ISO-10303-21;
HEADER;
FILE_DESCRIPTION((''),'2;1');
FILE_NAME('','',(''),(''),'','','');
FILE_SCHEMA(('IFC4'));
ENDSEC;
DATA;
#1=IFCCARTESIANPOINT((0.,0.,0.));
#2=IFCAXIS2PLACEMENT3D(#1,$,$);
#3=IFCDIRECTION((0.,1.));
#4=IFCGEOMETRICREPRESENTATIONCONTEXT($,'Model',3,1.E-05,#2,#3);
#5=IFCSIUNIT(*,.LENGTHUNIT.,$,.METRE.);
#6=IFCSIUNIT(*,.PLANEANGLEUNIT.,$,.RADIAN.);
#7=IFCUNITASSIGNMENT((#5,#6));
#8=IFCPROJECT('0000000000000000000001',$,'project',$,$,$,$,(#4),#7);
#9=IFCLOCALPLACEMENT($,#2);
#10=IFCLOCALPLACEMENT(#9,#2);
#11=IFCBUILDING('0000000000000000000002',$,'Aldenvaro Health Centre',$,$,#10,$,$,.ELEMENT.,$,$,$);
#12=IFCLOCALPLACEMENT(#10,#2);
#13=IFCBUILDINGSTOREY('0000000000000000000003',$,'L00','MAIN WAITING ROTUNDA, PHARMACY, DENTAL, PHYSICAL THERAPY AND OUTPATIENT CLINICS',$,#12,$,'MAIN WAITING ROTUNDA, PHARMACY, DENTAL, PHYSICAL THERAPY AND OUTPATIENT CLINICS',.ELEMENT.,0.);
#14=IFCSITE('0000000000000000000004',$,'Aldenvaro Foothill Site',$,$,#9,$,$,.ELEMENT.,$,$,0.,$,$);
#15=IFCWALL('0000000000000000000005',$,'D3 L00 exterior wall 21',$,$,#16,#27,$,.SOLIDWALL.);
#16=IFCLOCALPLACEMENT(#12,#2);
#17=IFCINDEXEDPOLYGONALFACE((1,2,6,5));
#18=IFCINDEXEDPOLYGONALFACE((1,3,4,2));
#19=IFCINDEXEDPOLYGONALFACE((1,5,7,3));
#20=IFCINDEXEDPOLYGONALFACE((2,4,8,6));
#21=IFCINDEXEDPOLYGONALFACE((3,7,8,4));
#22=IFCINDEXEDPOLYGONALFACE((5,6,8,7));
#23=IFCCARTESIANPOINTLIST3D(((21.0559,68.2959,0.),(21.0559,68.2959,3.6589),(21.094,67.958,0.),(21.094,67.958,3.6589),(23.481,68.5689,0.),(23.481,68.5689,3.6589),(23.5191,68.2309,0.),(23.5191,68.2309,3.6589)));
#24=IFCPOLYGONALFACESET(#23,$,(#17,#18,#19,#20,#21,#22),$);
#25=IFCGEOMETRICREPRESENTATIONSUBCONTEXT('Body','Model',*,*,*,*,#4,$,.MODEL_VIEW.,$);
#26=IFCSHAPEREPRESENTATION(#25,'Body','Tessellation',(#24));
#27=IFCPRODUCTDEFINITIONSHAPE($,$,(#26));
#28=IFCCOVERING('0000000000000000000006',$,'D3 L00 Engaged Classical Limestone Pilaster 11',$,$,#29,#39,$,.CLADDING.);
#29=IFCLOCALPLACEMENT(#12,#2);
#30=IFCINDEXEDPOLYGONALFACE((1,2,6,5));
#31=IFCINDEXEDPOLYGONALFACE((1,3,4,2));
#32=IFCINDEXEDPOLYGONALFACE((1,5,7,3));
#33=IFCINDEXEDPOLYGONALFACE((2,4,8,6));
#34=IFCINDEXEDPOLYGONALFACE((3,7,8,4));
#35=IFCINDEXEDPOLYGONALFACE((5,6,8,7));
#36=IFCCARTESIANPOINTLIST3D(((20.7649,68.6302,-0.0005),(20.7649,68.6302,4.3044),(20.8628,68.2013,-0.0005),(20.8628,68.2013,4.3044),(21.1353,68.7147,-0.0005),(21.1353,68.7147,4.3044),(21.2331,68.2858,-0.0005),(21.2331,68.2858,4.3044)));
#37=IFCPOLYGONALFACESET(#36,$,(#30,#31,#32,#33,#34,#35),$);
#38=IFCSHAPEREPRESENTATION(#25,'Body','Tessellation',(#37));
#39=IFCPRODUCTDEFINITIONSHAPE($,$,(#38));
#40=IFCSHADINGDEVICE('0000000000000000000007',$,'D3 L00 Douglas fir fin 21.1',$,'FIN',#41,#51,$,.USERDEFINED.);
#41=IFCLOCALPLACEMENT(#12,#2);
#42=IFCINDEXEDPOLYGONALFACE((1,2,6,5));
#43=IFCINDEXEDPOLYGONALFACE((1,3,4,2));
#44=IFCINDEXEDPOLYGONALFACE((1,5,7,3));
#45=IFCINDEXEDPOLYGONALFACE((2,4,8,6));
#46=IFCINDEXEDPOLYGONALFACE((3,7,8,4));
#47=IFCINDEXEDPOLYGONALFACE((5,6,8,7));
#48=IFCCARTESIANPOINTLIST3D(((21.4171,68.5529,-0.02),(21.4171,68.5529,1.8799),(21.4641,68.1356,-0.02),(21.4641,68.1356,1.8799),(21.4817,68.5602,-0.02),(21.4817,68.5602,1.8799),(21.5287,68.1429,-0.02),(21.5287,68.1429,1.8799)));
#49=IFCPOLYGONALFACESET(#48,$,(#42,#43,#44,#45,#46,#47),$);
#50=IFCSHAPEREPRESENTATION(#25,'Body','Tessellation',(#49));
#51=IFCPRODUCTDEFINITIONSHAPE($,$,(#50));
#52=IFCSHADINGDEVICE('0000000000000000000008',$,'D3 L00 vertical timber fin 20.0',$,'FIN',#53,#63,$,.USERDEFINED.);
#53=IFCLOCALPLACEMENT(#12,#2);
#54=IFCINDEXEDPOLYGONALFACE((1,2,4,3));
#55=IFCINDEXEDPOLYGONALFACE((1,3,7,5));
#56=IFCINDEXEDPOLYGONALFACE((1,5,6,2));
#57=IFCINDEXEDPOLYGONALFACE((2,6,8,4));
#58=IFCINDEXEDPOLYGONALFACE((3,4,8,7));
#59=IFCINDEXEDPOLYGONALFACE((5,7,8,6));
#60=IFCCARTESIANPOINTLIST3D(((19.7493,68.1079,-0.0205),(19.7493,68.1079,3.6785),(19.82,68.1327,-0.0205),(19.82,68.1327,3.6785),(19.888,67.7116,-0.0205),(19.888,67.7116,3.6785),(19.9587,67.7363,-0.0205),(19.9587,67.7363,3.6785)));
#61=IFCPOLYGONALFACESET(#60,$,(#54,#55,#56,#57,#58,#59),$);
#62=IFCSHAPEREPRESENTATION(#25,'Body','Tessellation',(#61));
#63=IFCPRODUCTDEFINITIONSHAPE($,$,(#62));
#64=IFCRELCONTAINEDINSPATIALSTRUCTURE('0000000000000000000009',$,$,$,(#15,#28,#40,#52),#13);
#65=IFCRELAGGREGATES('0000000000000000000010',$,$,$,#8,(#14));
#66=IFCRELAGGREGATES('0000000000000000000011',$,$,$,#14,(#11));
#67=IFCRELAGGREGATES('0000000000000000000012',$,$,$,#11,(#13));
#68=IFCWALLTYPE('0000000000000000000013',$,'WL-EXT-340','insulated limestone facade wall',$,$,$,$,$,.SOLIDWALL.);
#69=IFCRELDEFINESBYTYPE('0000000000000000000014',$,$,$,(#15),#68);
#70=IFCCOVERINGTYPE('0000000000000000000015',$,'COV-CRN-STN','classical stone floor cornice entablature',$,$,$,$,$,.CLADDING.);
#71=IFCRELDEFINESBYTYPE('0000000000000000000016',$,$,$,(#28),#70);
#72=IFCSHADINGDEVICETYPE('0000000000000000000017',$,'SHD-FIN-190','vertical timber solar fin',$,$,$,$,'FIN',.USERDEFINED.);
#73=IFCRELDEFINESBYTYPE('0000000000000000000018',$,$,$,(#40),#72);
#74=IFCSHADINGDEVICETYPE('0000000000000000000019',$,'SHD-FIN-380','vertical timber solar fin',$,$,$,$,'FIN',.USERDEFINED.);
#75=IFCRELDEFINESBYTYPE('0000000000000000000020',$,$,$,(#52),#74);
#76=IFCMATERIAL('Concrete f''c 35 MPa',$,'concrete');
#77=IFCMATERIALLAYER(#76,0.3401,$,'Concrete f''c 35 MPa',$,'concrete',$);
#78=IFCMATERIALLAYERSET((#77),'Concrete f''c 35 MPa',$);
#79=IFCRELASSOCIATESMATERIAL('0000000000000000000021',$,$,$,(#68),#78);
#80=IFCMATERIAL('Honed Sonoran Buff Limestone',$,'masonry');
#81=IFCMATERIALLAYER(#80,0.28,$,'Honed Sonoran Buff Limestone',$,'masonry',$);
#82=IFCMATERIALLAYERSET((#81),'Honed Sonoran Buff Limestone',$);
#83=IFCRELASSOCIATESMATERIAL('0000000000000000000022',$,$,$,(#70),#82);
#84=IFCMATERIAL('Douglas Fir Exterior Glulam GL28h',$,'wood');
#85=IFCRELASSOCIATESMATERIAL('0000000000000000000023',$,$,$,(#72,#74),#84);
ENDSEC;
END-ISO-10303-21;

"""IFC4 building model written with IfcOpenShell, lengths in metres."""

from ifc_helpers import new_model, si_unit, direction, frame, frame_2d, origin, origin_2d, place, context, subcontext, project, spatial, rectangle, extrude, material, layer, layer_set, type_object, element, save


model = new_model("IFC4")

# Units and contexts
model_context = context("Model", 3, precision=1e-05, world=origin(), true_north=direction((0.0, 1.0)))
body_context = subcontext(model_context, "Body", "Model", "MODEL_VIEW")
ifc_project = project(units=[si_unit("LENGTHUNIT", "METRE"), si_unit("PLANEANGLEUNIT", "RADIAN")], contexts=[model_context])

# Site, building, storey
site_placement = place(None, origin())
site = spatial("IfcSite", under=ifc_project, at=site_placement, Name="Aldenvaro Foothill Site", CompositionType="ELEMENT", RefElevation=0.0)
building_placement = place(site_placement, origin())
building = spatial("IfcBuilding", under=site, at=building_placement, Name="Aldenvaro Health Centre", CompositionType="ELEMENT")
storey_placement = place(building_placement, origin())
storey = spatial("IfcBuildingStorey", under=building, at=storey_placement, Name="L00", Description="MAIN WAITING ROTUNDA, PHARMACY, DENTAL, PHYSICAL THERAPY AND OUTPATIENT CLINICS", LongName="MAIN WAITING ROTUNDA, PHARMACY, DENTAL, PHYSICAL THERAPY AND OUTPATIENT CLINICS", CompositionType="ELEMENT", Elevation=0.0)

# Wall
ifc_material_1 = material(Name="Concrete f'c 35 MPa", Category="concrete")
ifc_layer_1 = layer(ifc_material_1, 0.3401, Name="Concrete f'c 35 MPa", Category="concrete")
ifc_layer_set_1 = layer_set([ifc_layer_1], Name="Concrete f'c 35 MPa")
wall_type_1 = type_object("IfcWallType", Name="WL-EXT-340", Description="insulated limestone facade wall", PredefinedType="SOLIDWALL", material=ifc_layer_set_1)
wall_1_placement = place(storey_placement, frame((21.075, 68.127, 0.0), z_axis=(0.0, 0.0, 1.0), x_axis=(0.993725, 0.111848, 0.0)))
element("IfcWall", 1, at=wall_1_placement, inside=storey, type_object=wall_type_1, Name="D3 L00 exterior wall 21", PredefinedType="SOLIDWALL", context=body_context, shape_type="SweptSolid", body=[
    extrude(rectangle(XDim=2.4404, YDim=0.3401, at=frame_2d((1.2202, 0.0))), origin(), (0.0, 0.0, 1.0), 3.6589),
])

# Covering
ifc_material_2 = material(Name="Honed Sonoran Buff Limestone", Category="masonry")
ifc_layer_2 = layer(ifc_material_2, 0.28, Name="Honed Sonoran Buff Limestone", Category="masonry")
ifc_layer_set_2 = layer_set([ifc_layer_2], Name="Honed Sonoran Buff Limestone")
covering_type = type_object("IfcCoveringType", Name="COV-CRN-STN", Description="classical stone floor cornice entablature", PredefinedType="CLADDING", material=ifc_layer_set_2)
covering_placement = place(storey_placement, frame((20.999, 68.458, -0.0005), z_axis=(0.0, 0.0, 1.0), x_axis=(-0.222474, 0.974939, 0.0)))
element("IfcCovering", 2, at=covering_placement, inside=storey, type_object=covering_type, Name="D3 L00 Engaged Classical Limestone Pilaster 11", PredefinedType="CLADDING", context=body_context, shape_type="SweptSolid", body=[
    extrude(rectangle(XDim=0.4399, YDim=0.3799, at=origin_2d()), origin(), (0.0, 0.0, 1.0), 4.3049),
])

# Shading devices
ifc_material_3 = material(Name="Douglas Fir Exterior Glulam GL28h", Category="wood")
shading_device_type_1 = type_object("IfcShadingDeviceType", Name="SHD-FIN-190", Description="vertical timber solar fin", ElementType="FIN", PredefinedType="USERDEFINED", material=ifc_material_3)
shading_device_1_placement = place(storey_placement, frame((21.4729, 68.3479, -0.02), z_axis=(0.0, 0.0, 1.0), x_axis=(0.993723, 0.111871, 0.0)))
element("IfcShadingDevice", 3, at=shading_device_1_placement, inside=storey, type_object=shading_device_type_1, Name="D3 L00 Douglas fir fin 21.1", ObjectType="FIN", PredefinedType="USERDEFINED", context=body_context, shape_type="SweptSolid", body=[
    extrude(rectangle(XDim=0.0649, YDim=0.4199, at=origin_2d()), origin(), (0.0, 0.0, 1.0), 1.8999),
])
shading_device_type_2 = type_object("IfcShadingDeviceType", Name="SHD-FIN-380", Description="vertical timber solar fin", ElementType="FIN", PredefinedType="USERDEFINED", material=ifc_material_3)
shading_device_2_placement = place(storey_placement, frame((19.854, 67.9221, -0.0205), z_axis=(0.0, 0.0, 1.0), x_axis=(0.943909, 0.330204, 0.0)))
element("IfcShadingDevice", 4, at=shading_device_2_placement, inside=storey, type_object=shading_device_type_2, Name="D3 L00 vertical timber fin 20.0", ObjectType="FIN", PredefinedType="USERDEFINED", context=body_context, shape_type="SweptSolid", body=[
    extrude(rectangle(XDim=0.075, YDim=0.4199, at=origin_2d()), origin(), (0.0, 0.0, 1.0), 3.699),
])

save(model, "model.ifc")
